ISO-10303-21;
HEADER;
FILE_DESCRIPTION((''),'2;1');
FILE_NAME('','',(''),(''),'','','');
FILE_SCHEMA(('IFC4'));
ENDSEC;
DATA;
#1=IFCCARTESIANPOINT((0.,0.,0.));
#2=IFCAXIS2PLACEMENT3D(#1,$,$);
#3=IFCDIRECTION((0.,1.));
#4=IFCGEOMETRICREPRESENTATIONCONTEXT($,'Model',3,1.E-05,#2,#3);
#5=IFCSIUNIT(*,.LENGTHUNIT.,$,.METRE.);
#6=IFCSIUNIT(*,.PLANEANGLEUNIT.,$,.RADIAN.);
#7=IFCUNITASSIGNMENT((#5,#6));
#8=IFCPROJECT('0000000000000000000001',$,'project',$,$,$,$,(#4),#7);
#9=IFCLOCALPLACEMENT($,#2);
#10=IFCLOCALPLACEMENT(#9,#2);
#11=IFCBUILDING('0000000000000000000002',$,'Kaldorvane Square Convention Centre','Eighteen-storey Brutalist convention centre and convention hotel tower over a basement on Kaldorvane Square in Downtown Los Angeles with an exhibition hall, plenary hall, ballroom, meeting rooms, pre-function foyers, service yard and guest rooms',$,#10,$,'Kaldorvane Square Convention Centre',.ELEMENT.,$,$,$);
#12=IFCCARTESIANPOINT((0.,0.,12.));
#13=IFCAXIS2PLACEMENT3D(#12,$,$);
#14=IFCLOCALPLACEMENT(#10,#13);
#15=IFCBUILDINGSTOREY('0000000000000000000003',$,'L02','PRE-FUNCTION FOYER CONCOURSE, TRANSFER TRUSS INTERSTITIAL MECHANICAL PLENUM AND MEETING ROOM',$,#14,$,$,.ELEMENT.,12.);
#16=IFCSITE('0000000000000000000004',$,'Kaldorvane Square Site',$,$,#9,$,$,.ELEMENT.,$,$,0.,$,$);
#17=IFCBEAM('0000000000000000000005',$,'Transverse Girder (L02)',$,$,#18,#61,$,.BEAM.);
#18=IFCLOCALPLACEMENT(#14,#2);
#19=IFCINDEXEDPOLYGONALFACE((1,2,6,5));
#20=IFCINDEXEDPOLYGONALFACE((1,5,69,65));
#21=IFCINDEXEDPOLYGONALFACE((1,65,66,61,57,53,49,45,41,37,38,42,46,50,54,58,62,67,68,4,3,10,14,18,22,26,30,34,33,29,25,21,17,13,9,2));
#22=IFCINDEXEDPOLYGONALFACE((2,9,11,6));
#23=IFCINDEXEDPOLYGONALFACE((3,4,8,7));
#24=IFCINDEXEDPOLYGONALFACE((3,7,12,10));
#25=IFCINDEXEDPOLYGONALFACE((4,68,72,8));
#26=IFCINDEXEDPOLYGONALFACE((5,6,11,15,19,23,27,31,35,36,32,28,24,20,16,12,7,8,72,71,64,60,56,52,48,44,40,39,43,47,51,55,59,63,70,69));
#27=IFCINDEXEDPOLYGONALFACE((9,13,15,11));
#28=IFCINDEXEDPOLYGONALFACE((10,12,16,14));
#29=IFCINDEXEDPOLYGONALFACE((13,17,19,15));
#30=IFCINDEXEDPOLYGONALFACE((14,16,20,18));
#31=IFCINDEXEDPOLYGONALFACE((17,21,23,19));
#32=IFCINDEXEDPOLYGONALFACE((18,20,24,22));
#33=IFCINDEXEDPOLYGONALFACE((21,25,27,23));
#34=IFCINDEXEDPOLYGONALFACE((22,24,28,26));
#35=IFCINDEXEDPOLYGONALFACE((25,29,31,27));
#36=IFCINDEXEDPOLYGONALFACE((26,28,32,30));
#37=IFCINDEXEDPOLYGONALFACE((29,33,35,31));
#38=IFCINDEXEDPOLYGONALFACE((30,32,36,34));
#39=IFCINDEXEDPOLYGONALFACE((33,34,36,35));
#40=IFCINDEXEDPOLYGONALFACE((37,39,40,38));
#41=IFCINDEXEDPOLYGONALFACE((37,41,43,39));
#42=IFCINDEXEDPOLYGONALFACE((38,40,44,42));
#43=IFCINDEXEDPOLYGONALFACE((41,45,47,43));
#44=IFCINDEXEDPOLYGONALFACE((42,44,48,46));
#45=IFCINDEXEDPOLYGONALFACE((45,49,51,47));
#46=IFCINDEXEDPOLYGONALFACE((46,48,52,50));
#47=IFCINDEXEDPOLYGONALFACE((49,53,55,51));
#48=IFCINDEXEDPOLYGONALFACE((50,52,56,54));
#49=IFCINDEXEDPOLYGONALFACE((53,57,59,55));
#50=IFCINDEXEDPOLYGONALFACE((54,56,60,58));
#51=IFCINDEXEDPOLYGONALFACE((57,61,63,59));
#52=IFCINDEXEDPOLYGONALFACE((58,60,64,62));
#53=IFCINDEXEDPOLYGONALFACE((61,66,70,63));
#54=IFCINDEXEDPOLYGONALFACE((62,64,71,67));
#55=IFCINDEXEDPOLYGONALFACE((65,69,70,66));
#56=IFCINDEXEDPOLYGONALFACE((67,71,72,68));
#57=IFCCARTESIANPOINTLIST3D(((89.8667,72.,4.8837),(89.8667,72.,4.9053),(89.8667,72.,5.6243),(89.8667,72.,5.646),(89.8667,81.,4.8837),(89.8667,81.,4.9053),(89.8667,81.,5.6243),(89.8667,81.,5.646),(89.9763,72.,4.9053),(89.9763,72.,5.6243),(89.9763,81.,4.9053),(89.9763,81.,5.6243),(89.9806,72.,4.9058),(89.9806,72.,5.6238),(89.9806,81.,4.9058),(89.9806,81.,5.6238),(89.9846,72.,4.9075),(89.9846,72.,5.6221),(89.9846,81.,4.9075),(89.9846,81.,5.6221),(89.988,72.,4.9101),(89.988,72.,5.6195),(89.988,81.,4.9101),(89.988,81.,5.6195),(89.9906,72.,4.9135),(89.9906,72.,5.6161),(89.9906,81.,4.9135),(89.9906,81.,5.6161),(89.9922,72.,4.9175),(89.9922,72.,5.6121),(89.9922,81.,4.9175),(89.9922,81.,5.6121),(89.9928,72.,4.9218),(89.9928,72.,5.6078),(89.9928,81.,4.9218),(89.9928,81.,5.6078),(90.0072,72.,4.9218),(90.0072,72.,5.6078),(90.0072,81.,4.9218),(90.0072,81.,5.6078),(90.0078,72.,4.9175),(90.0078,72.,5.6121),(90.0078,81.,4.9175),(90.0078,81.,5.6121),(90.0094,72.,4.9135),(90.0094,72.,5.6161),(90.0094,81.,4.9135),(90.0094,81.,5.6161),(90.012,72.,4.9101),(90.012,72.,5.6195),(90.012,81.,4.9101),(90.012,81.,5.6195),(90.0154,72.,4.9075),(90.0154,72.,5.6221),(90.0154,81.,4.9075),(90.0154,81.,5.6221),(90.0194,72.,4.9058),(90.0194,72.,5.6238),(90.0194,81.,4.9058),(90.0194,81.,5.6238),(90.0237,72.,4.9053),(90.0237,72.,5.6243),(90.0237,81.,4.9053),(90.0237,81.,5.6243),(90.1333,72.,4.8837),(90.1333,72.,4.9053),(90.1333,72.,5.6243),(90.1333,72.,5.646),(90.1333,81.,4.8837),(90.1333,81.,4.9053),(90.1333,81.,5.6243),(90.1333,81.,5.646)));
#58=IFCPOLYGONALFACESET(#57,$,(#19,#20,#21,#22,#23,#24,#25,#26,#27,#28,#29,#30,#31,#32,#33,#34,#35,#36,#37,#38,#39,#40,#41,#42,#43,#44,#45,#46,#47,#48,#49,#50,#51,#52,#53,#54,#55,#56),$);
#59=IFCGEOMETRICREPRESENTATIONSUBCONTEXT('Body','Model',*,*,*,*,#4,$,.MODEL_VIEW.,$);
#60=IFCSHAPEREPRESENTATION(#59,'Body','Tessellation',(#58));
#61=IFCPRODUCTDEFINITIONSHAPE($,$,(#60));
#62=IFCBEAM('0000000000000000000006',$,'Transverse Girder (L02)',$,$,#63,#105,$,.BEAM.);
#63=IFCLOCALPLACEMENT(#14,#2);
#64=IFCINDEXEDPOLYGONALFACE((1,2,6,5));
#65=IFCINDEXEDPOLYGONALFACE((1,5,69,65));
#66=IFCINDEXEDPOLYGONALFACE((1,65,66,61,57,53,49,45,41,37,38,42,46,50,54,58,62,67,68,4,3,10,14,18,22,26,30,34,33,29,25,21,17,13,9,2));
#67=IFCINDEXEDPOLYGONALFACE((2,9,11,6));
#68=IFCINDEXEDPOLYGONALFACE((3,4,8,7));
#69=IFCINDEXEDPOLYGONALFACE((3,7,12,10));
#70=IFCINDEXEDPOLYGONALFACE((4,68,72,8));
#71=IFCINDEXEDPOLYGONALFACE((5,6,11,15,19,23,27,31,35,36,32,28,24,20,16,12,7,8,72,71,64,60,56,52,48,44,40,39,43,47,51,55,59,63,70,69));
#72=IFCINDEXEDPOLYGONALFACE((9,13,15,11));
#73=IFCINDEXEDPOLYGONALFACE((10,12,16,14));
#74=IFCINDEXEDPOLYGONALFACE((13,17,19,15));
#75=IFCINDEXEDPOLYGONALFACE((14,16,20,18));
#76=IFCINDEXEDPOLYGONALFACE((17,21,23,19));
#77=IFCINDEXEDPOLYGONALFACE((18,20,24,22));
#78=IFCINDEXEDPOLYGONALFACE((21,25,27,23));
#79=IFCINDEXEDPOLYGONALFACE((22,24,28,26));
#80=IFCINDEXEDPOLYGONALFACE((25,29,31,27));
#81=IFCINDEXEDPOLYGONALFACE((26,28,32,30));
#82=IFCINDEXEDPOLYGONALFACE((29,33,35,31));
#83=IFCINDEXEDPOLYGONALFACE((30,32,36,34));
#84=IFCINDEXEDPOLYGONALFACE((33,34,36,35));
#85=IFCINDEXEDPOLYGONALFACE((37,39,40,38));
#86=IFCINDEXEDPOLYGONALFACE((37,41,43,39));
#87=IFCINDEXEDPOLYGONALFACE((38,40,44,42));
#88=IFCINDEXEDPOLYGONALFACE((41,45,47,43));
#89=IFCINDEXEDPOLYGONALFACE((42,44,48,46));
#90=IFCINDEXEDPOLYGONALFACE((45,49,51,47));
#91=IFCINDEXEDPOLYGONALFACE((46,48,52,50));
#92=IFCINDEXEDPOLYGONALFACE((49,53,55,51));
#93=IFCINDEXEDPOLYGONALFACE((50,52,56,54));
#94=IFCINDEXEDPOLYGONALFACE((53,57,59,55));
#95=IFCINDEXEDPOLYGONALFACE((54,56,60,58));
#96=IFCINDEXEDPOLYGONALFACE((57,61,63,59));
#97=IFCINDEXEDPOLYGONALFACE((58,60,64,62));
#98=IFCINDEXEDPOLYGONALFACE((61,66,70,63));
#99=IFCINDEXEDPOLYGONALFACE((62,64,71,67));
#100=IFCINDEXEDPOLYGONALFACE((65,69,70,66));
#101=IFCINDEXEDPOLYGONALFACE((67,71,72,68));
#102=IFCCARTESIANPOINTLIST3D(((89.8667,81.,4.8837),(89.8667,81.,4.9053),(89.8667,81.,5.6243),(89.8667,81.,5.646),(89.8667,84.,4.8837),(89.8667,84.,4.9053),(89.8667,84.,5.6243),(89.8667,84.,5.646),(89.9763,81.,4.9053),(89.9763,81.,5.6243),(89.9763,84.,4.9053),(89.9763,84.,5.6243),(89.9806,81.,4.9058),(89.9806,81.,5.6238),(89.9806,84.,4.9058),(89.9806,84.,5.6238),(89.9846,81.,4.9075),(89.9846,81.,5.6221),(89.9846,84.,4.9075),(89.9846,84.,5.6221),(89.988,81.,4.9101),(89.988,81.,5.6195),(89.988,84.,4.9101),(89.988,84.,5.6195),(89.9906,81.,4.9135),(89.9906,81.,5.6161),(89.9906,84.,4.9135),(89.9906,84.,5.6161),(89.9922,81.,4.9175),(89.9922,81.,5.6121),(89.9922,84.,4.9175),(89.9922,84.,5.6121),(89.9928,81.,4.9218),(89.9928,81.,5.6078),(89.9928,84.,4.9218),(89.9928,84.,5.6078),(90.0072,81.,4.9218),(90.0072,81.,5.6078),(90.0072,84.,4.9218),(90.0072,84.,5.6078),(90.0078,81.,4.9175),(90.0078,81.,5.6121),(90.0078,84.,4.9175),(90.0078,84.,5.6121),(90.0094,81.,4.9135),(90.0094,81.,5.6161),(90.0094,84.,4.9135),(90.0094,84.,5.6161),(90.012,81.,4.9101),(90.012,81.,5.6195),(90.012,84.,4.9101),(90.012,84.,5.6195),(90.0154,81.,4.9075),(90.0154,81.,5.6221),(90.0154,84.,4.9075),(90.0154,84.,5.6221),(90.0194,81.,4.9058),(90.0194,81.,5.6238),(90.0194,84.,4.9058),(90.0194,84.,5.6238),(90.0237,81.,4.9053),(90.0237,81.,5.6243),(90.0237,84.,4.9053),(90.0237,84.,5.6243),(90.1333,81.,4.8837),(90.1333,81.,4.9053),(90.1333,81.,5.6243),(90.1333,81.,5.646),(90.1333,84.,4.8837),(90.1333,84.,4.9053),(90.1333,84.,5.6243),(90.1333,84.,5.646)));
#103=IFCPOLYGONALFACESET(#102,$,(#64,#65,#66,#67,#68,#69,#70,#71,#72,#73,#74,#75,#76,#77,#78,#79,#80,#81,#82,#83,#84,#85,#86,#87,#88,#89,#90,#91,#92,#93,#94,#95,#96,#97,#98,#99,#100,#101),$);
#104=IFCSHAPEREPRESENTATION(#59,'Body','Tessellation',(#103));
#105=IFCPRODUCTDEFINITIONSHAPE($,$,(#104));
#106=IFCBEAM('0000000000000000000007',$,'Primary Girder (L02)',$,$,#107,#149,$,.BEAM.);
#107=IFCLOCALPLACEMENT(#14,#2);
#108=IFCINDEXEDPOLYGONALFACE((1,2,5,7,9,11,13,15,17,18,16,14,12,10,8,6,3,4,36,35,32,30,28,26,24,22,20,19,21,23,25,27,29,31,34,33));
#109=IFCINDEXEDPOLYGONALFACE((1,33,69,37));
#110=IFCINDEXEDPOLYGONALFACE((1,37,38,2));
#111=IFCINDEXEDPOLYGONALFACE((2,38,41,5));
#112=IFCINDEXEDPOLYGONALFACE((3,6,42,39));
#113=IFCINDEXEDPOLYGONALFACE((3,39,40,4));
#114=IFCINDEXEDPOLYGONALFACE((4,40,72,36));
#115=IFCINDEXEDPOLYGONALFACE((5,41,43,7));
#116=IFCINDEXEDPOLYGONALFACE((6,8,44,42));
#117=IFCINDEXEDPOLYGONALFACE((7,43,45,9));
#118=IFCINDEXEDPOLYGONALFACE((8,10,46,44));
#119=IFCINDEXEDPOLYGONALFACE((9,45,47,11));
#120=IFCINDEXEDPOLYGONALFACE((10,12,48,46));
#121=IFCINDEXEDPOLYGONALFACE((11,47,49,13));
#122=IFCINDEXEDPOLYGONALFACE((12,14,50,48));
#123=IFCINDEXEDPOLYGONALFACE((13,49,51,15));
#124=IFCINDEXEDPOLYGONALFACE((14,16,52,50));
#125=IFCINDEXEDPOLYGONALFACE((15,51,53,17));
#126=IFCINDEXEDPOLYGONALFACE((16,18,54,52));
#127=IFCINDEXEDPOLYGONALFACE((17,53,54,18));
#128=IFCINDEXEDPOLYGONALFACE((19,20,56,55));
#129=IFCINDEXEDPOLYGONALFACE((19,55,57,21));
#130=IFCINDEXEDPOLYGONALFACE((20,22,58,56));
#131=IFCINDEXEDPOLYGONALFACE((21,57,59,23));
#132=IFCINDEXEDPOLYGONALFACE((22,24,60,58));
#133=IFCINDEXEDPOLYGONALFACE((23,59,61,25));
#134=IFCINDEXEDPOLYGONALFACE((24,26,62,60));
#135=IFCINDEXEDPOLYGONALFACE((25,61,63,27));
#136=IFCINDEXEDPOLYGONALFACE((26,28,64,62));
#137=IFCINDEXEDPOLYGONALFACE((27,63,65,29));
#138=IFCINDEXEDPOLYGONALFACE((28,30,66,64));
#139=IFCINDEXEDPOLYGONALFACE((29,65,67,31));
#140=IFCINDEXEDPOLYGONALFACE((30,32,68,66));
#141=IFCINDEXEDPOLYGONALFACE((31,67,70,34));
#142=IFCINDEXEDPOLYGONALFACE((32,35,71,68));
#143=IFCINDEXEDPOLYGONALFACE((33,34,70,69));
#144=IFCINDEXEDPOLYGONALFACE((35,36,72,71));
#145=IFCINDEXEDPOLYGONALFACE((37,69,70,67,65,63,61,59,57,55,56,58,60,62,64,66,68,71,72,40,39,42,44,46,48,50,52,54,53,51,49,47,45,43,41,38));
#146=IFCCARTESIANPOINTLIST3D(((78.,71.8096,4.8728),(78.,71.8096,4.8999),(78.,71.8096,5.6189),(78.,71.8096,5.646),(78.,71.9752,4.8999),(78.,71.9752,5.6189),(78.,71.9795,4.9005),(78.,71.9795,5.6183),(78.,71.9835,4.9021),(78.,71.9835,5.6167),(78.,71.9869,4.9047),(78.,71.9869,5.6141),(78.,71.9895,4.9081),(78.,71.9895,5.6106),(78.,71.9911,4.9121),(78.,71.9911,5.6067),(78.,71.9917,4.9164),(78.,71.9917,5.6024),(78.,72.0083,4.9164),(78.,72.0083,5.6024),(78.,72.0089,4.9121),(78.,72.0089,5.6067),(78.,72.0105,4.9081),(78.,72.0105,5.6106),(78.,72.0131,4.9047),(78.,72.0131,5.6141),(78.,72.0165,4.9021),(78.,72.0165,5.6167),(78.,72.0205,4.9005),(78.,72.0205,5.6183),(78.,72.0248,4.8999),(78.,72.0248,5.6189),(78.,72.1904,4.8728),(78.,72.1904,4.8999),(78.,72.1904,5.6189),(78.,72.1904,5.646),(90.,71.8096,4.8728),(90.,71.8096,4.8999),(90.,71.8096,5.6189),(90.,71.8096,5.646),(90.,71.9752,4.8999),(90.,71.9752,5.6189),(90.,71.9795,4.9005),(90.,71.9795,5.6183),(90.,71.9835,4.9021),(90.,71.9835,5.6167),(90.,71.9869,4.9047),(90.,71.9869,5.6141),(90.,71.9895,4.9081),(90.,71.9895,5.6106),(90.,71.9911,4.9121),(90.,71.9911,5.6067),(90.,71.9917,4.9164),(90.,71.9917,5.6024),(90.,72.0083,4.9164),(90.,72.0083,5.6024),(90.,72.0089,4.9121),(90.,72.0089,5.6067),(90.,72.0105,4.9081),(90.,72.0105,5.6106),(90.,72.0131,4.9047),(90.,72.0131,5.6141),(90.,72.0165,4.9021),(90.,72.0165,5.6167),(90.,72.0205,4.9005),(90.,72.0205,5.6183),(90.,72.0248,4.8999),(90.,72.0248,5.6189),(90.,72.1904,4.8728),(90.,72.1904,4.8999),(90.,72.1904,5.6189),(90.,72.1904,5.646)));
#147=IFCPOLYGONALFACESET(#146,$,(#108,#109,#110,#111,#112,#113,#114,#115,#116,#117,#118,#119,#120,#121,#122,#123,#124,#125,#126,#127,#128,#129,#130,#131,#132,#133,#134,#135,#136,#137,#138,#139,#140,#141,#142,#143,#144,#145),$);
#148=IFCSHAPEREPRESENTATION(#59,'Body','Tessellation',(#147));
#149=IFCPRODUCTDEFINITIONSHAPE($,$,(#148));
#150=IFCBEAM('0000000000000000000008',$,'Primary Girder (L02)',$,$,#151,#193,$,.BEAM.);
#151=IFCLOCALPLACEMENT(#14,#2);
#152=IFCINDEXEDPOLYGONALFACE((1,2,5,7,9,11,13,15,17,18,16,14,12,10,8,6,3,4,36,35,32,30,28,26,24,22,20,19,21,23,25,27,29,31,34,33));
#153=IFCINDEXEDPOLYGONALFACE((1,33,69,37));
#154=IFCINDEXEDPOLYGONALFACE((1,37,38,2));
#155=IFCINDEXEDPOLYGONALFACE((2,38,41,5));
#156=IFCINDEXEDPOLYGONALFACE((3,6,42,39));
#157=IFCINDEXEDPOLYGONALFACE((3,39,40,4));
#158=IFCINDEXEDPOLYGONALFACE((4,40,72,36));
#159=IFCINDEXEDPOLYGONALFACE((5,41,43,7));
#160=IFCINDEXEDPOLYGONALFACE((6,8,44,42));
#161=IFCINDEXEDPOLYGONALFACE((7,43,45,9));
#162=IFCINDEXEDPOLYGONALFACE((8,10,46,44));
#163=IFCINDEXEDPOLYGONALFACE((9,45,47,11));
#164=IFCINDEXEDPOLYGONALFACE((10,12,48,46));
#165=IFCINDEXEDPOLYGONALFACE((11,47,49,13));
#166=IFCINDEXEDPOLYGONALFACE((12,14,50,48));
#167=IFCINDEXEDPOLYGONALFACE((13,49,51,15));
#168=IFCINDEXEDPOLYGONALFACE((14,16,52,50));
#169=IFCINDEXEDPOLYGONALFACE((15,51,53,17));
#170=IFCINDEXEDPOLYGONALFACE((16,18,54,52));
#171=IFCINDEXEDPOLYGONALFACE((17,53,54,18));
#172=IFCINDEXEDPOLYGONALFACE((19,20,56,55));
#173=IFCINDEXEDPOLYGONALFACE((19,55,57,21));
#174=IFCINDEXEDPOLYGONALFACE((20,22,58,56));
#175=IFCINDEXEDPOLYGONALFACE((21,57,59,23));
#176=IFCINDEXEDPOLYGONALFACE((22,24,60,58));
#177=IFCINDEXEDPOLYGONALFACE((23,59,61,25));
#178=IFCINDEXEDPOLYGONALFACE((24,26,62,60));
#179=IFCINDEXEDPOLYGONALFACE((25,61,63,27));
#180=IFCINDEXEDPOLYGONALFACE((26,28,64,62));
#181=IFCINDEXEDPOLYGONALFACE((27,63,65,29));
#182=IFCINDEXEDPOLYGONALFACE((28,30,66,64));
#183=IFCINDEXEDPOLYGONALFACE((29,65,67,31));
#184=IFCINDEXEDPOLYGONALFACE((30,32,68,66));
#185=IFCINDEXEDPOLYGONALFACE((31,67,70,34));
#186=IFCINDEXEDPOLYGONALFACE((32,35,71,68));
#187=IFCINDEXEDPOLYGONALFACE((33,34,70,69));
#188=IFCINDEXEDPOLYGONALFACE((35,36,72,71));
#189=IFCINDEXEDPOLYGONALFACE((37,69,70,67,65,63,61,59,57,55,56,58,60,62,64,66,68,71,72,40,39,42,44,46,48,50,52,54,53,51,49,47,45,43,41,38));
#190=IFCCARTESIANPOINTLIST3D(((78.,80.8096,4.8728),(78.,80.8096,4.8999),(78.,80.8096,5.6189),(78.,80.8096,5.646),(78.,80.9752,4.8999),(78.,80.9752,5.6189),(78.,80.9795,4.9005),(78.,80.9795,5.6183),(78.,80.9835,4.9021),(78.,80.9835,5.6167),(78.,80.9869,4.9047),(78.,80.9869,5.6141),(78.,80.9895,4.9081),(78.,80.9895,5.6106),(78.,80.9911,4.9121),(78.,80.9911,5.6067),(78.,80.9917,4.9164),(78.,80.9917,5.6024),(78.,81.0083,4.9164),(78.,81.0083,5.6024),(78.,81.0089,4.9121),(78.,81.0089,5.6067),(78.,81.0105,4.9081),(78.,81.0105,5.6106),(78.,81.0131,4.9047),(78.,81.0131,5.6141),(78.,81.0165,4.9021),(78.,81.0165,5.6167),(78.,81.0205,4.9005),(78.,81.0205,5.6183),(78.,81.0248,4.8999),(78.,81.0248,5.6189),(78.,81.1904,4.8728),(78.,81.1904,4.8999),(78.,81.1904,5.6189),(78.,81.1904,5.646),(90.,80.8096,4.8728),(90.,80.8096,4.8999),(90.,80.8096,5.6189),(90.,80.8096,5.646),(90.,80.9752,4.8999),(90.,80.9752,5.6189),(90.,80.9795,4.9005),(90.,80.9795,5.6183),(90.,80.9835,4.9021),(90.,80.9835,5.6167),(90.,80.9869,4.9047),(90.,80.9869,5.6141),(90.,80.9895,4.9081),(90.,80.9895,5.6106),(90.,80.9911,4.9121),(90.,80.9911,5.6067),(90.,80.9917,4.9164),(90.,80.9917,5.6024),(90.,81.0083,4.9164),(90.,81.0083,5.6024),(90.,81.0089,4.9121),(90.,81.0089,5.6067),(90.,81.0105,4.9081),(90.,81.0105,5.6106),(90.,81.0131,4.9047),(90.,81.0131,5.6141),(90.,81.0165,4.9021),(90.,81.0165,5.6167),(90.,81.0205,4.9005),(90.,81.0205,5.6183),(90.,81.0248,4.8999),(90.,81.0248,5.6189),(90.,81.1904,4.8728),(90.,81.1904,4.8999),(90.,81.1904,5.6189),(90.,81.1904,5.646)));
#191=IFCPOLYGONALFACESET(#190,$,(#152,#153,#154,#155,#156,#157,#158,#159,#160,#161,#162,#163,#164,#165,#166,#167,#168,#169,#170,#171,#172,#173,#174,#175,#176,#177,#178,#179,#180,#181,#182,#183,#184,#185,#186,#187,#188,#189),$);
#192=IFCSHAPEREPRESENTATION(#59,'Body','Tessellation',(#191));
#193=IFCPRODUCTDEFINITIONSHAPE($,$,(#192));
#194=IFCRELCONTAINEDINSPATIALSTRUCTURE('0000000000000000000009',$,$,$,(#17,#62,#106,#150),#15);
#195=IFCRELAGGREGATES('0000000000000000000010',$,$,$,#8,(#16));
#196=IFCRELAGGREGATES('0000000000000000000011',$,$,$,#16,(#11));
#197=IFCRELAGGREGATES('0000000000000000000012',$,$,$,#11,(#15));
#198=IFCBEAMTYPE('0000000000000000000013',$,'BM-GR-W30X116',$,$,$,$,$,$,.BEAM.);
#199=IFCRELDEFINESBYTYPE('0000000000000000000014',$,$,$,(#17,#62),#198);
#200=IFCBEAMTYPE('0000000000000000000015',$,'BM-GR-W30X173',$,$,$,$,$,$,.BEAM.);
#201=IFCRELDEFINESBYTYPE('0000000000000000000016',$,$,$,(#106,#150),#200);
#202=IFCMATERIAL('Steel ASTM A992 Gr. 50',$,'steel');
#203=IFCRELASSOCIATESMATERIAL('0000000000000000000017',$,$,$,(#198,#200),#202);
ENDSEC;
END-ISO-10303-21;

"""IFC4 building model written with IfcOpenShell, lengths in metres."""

from ifc_helpers import new_model, si_unit, direction, frame, origin, origin_2d, place, context, subcontext, project, spatial, i_section, extrude, material, material_profile, profile_set, type_object, element, save


model = new_model("IFC4")

# Units and contexts
model_context = context("Model", 3, precision=1e-05, world=origin(), true_north=direction((0.0, 1.0)))
body_context = subcontext(model_context, "Body", "Model", "MODEL_VIEW")
ifc_project = project(units=[si_unit("LENGTHUNIT", "METRE"), si_unit("PLANEANGLEUNIT", "RADIAN")], contexts=[model_context])

# Site, building, storey
site_placement = place(None, origin())
site = spatial("IfcSite", under=ifc_project, at=site_placement, Name="Kaldorvane Square Site", CompositionType="ELEMENT", RefElevation=0.0)
building_placement = place(site_placement, origin())
building = spatial("IfcBuilding", under=site, at=building_placement, Name="Kaldorvane Square Convention Centre", Description="Eighteen-storey Brutalist convention centre and convention hotel tower over a basement on Kaldorvane Square in Downtown Los Angeles with an exhibition hall, plenary hall, ballroom, meeting rooms, pre-function foyers, service yard and guest rooms", LongName="Kaldorvane Square Convention Centre", CompositionType="ELEMENT")
storey_placement = place(building_placement, frame((0.0, 0.0, 12.0)))
storey = spatial("IfcBuildingStorey", under=building, at=storey_placement, Name="L02", Description="PRE-FUNCTION FOYER CONCOURSE, TRANSFER TRUSS INTERSTITIAL MECHANICAL PLENUM AND MEETING ROOM", CompositionType="ELEMENT", Elevation=12.0)

# Shared definitions
ifc_material_1 = material(Name="Steel ASTM A992 Gr. 50", Category="steel")

# Beams
ifc_material_profile_1 = material_profile(ifc_material_1, i_section(OverallWidth=0.2666, OverallDepth=0.7623, WebThickness=0.0144, FlangeThickness=0.0216, FilletRadius=0.0165, at=origin_2d()), Name="W30X116")
ifc_profile_set_1 = profile_set([ifc_material_profile_1], Name="Steel ASTM A992 Gr. 50")
beam_type_1 = type_object("IfcBeamType", Name="BM-GR-W30X116", PredefinedType="BEAM", material=ifc_profile_set_1)
beam_1_placement = place(storey_placement, frame((90.0, 72.0, 5.2648), z_axis=(0.0, 1.0, 0.0), x_axis=(-1.0, 0.0, 0.0)))
element("IfcBeam", 1, at=beam_1_placement, inside=storey, type_object=beam_type_1, Name="Transverse Girder (L02)", PredefinedType="BEAM", context=body_context, shape_type="SweptSolid", body=[
    extrude(i_section(OverallWidth=0.2666, OverallDepth=0.7623, WebThickness=0.0144, FlangeThickness=0.0216, FilletRadius=0.0165, at=origin_2d()), origin(), (0.0, 0.0, 1.0), 9.0),
])
beam_2_placement = place(storey_placement, frame((90.0, 81.0, 5.2648), z_axis=(0.0, 1.0, 0.0), x_axis=(-1.0, 0.0, 0.0)))
element("IfcBeam", 2, at=beam_2_placement, inside=storey, type_object=beam_type_1, Name="Transverse Girder (L02)", PredefinedType="BEAM", context=body_context, shape_type="SweptSolid", body=[
    extrude(i_section(OverallWidth=0.2666, OverallDepth=0.7623, WebThickness=0.0144, FlangeThickness=0.0216, FilletRadius=0.0165, at=origin_2d()), origin(), (0.0, 0.0, 1.0), 3.0),
])
ifc_material_profile_2 = material_profile(ifc_material_1, i_section(OverallWidth=0.3807, OverallDepth=0.7732, WebThickness=0.0166, FlangeThickness=0.0271, FilletRadius=0.0165, at=origin_2d()), Name="W30X173")
ifc_profile_set_2 = profile_set([ifc_material_profile_2], Name="Steel ASTM A992 Gr. 50")
beam_type_2 = type_object("IfcBeamType", Name="BM-GR-W30X173", PredefinedType="BEAM", material=ifc_profile_set_2)
for number, where, z_axis, x_axis, name in (
    (3, (78.0, 72.0, 5.2594), (1.0, 0.0, 0.0), (0.0, 1.0, 0.0), "Primary Girder (L02)"),
    (4, (78.0, 81.0, 5.2594), (1.0, 0.0, 0.0), (0.0, 1.0, 0.0), "Primary Girder (L02)"),
):
    element("IfcBeam", number, at=place(storey_placement, frame(where, z_axis=z_axis, x_axis=x_axis)), inside=storey, type_object=beam_type_2, Name=name, PredefinedType="BEAM", context=body_context, shape_type="SweptSolid", body=[
        extrude(i_section(OverallWidth=0.3807, OverallDepth=0.7732, WebThickness=0.0166, FlangeThickness=0.0271, FilletRadius=0.0165, at=origin_2d()), origin(), (0.0, 0.0, 1.0), 12.0),
    ])

save(model, "model.ifc")
